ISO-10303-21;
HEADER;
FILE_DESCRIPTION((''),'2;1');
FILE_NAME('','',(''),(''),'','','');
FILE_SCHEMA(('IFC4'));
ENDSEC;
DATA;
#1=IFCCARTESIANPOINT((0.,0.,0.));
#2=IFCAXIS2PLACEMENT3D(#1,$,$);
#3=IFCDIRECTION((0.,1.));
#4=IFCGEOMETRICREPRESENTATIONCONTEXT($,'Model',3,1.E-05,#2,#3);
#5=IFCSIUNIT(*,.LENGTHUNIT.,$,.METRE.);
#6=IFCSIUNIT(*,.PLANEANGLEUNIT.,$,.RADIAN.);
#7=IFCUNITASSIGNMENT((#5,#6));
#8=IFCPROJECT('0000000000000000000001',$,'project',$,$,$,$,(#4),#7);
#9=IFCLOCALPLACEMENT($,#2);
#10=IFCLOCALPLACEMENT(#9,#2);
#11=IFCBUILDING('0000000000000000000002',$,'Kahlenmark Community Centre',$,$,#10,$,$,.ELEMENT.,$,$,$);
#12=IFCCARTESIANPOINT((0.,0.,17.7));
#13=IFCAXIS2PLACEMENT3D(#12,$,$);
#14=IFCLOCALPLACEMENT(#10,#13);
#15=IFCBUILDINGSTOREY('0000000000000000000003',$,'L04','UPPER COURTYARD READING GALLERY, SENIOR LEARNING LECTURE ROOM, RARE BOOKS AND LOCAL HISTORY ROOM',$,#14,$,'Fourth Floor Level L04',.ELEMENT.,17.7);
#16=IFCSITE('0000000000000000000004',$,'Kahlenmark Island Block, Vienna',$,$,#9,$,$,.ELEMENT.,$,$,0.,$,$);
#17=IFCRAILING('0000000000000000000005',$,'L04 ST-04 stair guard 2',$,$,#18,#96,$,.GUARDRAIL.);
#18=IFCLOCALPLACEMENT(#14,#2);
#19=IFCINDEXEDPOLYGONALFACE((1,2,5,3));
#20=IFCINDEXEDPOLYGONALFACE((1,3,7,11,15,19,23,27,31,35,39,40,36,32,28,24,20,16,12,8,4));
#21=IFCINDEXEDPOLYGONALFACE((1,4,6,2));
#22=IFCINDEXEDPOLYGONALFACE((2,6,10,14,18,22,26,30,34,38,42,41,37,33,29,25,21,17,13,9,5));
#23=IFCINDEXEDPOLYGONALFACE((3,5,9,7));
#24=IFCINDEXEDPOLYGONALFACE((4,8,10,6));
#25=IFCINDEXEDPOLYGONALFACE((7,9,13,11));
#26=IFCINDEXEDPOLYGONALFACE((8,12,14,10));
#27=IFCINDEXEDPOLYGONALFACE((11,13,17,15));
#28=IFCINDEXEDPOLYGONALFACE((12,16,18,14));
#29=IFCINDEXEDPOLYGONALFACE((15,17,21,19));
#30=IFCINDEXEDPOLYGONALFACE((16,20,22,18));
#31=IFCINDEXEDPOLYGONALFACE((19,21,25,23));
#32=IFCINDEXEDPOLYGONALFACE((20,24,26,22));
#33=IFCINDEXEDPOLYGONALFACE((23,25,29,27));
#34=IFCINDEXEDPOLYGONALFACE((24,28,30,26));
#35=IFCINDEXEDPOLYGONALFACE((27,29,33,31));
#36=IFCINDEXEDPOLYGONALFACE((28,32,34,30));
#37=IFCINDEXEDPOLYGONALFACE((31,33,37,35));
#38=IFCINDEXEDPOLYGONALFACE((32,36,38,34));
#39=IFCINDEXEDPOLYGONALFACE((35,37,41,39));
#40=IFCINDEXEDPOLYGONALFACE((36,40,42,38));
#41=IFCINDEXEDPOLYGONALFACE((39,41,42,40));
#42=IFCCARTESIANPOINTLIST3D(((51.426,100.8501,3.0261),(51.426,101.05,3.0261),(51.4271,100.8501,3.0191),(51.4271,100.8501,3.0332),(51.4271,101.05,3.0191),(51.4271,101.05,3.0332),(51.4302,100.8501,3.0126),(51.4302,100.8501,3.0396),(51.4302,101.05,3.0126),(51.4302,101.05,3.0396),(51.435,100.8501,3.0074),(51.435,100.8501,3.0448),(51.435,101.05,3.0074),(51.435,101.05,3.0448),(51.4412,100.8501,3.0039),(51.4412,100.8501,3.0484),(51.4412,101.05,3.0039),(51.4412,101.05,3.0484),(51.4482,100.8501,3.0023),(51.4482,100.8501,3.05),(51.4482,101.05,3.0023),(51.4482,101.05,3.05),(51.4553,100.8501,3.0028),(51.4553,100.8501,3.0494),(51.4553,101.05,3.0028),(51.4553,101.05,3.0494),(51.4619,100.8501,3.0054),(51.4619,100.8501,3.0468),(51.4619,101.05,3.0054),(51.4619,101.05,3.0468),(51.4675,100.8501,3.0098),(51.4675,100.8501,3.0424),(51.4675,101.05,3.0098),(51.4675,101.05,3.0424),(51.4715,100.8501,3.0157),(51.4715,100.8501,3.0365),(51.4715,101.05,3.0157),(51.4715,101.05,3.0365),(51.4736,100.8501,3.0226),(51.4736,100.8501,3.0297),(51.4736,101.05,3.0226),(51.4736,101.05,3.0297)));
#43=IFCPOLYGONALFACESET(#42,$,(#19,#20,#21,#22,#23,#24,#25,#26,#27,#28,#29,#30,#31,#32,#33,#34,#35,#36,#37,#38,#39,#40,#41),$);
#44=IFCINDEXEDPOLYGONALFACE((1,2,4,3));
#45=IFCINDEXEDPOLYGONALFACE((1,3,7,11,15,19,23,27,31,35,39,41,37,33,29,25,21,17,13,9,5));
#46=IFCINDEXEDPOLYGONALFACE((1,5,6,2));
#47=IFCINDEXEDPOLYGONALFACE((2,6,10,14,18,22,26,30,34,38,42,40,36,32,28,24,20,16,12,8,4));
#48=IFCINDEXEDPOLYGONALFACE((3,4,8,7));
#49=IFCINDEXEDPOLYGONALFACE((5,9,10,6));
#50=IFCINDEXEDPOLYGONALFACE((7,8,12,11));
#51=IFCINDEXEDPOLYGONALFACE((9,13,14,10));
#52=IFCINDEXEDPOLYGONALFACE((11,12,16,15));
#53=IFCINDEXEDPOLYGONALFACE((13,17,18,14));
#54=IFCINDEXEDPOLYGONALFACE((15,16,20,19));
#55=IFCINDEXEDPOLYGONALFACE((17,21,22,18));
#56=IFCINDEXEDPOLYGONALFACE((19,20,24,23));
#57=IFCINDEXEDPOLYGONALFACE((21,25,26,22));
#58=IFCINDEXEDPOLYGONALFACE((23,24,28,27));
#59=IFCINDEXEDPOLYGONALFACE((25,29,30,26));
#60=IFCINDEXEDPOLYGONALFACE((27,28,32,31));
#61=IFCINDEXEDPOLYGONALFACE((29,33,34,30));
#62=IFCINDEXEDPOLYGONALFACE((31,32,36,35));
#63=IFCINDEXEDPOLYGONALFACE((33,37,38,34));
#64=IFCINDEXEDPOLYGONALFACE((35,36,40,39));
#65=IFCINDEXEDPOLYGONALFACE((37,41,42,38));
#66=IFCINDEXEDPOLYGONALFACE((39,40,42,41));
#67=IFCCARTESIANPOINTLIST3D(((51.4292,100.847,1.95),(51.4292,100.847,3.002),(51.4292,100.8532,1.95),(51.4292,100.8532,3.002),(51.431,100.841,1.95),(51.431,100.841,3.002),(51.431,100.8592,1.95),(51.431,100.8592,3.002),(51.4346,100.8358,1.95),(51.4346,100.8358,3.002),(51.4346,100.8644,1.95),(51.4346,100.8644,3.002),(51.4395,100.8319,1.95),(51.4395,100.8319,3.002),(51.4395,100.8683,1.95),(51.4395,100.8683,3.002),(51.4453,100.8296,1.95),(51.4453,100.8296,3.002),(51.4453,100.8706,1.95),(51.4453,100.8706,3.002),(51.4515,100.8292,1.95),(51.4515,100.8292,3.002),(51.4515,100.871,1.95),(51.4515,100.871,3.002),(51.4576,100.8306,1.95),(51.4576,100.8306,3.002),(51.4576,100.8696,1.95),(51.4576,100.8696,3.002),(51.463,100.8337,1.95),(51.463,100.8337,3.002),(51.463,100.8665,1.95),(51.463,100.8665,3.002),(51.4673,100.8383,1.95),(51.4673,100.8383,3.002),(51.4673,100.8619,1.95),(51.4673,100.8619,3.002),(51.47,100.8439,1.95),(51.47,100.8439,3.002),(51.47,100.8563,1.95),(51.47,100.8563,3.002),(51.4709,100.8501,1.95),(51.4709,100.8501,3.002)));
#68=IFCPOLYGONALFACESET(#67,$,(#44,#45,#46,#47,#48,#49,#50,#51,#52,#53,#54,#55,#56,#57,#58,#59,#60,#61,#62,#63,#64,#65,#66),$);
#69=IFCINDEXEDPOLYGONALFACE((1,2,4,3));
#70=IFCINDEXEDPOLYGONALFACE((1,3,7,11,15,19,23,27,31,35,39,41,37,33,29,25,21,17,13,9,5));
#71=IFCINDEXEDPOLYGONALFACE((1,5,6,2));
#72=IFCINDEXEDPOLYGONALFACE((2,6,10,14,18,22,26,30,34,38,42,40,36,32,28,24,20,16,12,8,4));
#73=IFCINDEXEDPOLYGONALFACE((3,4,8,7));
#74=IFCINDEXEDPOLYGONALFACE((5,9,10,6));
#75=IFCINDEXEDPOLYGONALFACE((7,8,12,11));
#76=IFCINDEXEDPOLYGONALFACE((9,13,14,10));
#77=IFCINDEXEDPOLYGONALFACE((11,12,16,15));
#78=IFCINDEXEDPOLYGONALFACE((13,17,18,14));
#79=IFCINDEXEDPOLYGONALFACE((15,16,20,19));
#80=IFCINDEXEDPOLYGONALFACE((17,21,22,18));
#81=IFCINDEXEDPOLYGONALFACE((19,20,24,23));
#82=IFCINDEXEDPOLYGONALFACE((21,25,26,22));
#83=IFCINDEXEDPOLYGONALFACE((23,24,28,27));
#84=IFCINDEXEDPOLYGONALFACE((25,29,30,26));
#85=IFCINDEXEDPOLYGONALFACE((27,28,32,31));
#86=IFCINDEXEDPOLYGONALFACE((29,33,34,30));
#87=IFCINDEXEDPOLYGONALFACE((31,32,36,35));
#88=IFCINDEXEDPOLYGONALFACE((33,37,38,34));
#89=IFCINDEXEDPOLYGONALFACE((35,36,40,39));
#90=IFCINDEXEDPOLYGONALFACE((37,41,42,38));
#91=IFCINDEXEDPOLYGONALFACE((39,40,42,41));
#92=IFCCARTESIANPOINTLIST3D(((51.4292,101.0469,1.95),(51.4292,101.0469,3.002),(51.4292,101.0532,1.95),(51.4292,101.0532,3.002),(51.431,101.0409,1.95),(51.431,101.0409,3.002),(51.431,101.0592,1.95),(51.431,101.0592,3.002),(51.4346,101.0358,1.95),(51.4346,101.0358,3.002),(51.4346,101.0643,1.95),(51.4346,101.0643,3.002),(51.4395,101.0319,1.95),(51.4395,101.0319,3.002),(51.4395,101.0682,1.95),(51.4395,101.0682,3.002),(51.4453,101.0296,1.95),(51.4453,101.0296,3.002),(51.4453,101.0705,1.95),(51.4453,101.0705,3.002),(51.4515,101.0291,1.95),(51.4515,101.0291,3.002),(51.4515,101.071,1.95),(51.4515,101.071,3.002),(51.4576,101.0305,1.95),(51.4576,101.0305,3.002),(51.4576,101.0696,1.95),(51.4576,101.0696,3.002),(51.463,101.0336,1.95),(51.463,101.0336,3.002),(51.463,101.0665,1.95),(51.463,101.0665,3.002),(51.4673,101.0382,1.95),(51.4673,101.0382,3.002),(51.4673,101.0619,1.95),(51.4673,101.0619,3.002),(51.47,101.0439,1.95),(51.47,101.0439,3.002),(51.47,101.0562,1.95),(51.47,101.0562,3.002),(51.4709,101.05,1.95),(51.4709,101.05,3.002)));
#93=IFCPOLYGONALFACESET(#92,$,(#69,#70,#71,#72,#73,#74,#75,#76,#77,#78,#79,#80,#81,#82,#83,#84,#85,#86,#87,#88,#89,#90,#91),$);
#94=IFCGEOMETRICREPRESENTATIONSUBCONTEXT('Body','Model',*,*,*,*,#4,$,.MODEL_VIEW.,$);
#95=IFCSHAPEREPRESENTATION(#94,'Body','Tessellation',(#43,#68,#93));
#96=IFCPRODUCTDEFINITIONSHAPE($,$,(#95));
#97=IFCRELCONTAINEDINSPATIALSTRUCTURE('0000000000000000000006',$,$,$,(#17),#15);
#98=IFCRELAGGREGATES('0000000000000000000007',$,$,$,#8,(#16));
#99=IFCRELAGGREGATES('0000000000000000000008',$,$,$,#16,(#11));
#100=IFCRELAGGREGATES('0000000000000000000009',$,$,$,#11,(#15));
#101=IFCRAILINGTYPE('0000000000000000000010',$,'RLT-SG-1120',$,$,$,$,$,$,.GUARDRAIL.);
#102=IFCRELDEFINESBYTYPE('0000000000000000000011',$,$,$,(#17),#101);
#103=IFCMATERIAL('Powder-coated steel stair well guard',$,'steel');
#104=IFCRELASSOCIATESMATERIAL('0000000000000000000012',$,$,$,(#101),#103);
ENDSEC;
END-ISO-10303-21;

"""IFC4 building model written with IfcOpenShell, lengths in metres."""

from ifc_helpers import new_model, si_unit, direction, frame, origin, origin_2d, place, context, subcontext, project, spatial, circle, extrude, material, type_object, element, save


model = new_model("IFC4")

# Units and contexts
model_context = context("Model", 3, precision=1e-05, world=origin(), true_north=direction((0.0, 1.0)))
body_context = subcontext(model_context, "Body", "Model", "MODEL_VIEW")
ifc_project = project(units=[si_unit("LENGTHUNIT", "METRE"), si_unit("PLANEANGLEUNIT", "RADIAN")], contexts=[model_context])

# Site, building, storey
site_placement = place(None, origin())
site = spatial("IfcSite", under=ifc_project, at=site_placement, Name="Kahlenmark Island Block, Vienna", CompositionType="ELEMENT", RefElevation=0.0)
building_placement = place(site_placement, origin())
building = spatial("IfcBuilding", under=site, at=building_placement, Name="Kahlenmark Community Centre", CompositionType="ELEMENT")
storey_placement = place(building_placement, frame((0.0, 0.0, 17.7)))
storey = spatial("IfcBuildingStorey", under=building, at=storey_placement, Name="L04", Description="UPPER COURTYARD READING GALLERY, SENIOR LEARNING LECTURE ROOM, RARE BOOKS AND LOCAL HISTORY ROOM", LongName="Fourth Floor Level L04", CompositionType="ELEMENT", Elevation=17.7)

# Railing
ifc_material_1 = material(Name="Powder-coated steel stair well guard", Category="steel")
railing_type = type_object("IfcRailingType", Name="RLT-SG-1120", PredefinedType="GUARDRAIL", material=ifc_material_1)
railing_1_placement = place(storey_placement, frame((51.45, 100.8501, 1.95)))
element("IfcRailing", 1, at=railing_1_placement, inside=storey, type_object=railing_type, Name="L04 ST-04 stair guard 2", PredefinedType="GUARDRAIL", context=body_context, shape_type="SweptSolid", body=[
    extrude(circle(Radius=0.0239, at=origin_2d()), frame((0.0, 0.0, 1.0762), z_axis=(0.0, 1.0, 0.0), x_axis=(-1.0, 0.0, 0.0)), (0.0, 0.0, 1.0), 0.2),
    extrude(circle(Radius=0.021, at=origin_2d()), origin(), (0.0, 0.0, 1.0), 1.052),
    extrude(circle(Radius=0.021, at=origin_2d()), frame((0.0, 0.2, 0.0)), (0.0, 0.0, 1.0), 1.052),
])

save(model, "model.ifc")
